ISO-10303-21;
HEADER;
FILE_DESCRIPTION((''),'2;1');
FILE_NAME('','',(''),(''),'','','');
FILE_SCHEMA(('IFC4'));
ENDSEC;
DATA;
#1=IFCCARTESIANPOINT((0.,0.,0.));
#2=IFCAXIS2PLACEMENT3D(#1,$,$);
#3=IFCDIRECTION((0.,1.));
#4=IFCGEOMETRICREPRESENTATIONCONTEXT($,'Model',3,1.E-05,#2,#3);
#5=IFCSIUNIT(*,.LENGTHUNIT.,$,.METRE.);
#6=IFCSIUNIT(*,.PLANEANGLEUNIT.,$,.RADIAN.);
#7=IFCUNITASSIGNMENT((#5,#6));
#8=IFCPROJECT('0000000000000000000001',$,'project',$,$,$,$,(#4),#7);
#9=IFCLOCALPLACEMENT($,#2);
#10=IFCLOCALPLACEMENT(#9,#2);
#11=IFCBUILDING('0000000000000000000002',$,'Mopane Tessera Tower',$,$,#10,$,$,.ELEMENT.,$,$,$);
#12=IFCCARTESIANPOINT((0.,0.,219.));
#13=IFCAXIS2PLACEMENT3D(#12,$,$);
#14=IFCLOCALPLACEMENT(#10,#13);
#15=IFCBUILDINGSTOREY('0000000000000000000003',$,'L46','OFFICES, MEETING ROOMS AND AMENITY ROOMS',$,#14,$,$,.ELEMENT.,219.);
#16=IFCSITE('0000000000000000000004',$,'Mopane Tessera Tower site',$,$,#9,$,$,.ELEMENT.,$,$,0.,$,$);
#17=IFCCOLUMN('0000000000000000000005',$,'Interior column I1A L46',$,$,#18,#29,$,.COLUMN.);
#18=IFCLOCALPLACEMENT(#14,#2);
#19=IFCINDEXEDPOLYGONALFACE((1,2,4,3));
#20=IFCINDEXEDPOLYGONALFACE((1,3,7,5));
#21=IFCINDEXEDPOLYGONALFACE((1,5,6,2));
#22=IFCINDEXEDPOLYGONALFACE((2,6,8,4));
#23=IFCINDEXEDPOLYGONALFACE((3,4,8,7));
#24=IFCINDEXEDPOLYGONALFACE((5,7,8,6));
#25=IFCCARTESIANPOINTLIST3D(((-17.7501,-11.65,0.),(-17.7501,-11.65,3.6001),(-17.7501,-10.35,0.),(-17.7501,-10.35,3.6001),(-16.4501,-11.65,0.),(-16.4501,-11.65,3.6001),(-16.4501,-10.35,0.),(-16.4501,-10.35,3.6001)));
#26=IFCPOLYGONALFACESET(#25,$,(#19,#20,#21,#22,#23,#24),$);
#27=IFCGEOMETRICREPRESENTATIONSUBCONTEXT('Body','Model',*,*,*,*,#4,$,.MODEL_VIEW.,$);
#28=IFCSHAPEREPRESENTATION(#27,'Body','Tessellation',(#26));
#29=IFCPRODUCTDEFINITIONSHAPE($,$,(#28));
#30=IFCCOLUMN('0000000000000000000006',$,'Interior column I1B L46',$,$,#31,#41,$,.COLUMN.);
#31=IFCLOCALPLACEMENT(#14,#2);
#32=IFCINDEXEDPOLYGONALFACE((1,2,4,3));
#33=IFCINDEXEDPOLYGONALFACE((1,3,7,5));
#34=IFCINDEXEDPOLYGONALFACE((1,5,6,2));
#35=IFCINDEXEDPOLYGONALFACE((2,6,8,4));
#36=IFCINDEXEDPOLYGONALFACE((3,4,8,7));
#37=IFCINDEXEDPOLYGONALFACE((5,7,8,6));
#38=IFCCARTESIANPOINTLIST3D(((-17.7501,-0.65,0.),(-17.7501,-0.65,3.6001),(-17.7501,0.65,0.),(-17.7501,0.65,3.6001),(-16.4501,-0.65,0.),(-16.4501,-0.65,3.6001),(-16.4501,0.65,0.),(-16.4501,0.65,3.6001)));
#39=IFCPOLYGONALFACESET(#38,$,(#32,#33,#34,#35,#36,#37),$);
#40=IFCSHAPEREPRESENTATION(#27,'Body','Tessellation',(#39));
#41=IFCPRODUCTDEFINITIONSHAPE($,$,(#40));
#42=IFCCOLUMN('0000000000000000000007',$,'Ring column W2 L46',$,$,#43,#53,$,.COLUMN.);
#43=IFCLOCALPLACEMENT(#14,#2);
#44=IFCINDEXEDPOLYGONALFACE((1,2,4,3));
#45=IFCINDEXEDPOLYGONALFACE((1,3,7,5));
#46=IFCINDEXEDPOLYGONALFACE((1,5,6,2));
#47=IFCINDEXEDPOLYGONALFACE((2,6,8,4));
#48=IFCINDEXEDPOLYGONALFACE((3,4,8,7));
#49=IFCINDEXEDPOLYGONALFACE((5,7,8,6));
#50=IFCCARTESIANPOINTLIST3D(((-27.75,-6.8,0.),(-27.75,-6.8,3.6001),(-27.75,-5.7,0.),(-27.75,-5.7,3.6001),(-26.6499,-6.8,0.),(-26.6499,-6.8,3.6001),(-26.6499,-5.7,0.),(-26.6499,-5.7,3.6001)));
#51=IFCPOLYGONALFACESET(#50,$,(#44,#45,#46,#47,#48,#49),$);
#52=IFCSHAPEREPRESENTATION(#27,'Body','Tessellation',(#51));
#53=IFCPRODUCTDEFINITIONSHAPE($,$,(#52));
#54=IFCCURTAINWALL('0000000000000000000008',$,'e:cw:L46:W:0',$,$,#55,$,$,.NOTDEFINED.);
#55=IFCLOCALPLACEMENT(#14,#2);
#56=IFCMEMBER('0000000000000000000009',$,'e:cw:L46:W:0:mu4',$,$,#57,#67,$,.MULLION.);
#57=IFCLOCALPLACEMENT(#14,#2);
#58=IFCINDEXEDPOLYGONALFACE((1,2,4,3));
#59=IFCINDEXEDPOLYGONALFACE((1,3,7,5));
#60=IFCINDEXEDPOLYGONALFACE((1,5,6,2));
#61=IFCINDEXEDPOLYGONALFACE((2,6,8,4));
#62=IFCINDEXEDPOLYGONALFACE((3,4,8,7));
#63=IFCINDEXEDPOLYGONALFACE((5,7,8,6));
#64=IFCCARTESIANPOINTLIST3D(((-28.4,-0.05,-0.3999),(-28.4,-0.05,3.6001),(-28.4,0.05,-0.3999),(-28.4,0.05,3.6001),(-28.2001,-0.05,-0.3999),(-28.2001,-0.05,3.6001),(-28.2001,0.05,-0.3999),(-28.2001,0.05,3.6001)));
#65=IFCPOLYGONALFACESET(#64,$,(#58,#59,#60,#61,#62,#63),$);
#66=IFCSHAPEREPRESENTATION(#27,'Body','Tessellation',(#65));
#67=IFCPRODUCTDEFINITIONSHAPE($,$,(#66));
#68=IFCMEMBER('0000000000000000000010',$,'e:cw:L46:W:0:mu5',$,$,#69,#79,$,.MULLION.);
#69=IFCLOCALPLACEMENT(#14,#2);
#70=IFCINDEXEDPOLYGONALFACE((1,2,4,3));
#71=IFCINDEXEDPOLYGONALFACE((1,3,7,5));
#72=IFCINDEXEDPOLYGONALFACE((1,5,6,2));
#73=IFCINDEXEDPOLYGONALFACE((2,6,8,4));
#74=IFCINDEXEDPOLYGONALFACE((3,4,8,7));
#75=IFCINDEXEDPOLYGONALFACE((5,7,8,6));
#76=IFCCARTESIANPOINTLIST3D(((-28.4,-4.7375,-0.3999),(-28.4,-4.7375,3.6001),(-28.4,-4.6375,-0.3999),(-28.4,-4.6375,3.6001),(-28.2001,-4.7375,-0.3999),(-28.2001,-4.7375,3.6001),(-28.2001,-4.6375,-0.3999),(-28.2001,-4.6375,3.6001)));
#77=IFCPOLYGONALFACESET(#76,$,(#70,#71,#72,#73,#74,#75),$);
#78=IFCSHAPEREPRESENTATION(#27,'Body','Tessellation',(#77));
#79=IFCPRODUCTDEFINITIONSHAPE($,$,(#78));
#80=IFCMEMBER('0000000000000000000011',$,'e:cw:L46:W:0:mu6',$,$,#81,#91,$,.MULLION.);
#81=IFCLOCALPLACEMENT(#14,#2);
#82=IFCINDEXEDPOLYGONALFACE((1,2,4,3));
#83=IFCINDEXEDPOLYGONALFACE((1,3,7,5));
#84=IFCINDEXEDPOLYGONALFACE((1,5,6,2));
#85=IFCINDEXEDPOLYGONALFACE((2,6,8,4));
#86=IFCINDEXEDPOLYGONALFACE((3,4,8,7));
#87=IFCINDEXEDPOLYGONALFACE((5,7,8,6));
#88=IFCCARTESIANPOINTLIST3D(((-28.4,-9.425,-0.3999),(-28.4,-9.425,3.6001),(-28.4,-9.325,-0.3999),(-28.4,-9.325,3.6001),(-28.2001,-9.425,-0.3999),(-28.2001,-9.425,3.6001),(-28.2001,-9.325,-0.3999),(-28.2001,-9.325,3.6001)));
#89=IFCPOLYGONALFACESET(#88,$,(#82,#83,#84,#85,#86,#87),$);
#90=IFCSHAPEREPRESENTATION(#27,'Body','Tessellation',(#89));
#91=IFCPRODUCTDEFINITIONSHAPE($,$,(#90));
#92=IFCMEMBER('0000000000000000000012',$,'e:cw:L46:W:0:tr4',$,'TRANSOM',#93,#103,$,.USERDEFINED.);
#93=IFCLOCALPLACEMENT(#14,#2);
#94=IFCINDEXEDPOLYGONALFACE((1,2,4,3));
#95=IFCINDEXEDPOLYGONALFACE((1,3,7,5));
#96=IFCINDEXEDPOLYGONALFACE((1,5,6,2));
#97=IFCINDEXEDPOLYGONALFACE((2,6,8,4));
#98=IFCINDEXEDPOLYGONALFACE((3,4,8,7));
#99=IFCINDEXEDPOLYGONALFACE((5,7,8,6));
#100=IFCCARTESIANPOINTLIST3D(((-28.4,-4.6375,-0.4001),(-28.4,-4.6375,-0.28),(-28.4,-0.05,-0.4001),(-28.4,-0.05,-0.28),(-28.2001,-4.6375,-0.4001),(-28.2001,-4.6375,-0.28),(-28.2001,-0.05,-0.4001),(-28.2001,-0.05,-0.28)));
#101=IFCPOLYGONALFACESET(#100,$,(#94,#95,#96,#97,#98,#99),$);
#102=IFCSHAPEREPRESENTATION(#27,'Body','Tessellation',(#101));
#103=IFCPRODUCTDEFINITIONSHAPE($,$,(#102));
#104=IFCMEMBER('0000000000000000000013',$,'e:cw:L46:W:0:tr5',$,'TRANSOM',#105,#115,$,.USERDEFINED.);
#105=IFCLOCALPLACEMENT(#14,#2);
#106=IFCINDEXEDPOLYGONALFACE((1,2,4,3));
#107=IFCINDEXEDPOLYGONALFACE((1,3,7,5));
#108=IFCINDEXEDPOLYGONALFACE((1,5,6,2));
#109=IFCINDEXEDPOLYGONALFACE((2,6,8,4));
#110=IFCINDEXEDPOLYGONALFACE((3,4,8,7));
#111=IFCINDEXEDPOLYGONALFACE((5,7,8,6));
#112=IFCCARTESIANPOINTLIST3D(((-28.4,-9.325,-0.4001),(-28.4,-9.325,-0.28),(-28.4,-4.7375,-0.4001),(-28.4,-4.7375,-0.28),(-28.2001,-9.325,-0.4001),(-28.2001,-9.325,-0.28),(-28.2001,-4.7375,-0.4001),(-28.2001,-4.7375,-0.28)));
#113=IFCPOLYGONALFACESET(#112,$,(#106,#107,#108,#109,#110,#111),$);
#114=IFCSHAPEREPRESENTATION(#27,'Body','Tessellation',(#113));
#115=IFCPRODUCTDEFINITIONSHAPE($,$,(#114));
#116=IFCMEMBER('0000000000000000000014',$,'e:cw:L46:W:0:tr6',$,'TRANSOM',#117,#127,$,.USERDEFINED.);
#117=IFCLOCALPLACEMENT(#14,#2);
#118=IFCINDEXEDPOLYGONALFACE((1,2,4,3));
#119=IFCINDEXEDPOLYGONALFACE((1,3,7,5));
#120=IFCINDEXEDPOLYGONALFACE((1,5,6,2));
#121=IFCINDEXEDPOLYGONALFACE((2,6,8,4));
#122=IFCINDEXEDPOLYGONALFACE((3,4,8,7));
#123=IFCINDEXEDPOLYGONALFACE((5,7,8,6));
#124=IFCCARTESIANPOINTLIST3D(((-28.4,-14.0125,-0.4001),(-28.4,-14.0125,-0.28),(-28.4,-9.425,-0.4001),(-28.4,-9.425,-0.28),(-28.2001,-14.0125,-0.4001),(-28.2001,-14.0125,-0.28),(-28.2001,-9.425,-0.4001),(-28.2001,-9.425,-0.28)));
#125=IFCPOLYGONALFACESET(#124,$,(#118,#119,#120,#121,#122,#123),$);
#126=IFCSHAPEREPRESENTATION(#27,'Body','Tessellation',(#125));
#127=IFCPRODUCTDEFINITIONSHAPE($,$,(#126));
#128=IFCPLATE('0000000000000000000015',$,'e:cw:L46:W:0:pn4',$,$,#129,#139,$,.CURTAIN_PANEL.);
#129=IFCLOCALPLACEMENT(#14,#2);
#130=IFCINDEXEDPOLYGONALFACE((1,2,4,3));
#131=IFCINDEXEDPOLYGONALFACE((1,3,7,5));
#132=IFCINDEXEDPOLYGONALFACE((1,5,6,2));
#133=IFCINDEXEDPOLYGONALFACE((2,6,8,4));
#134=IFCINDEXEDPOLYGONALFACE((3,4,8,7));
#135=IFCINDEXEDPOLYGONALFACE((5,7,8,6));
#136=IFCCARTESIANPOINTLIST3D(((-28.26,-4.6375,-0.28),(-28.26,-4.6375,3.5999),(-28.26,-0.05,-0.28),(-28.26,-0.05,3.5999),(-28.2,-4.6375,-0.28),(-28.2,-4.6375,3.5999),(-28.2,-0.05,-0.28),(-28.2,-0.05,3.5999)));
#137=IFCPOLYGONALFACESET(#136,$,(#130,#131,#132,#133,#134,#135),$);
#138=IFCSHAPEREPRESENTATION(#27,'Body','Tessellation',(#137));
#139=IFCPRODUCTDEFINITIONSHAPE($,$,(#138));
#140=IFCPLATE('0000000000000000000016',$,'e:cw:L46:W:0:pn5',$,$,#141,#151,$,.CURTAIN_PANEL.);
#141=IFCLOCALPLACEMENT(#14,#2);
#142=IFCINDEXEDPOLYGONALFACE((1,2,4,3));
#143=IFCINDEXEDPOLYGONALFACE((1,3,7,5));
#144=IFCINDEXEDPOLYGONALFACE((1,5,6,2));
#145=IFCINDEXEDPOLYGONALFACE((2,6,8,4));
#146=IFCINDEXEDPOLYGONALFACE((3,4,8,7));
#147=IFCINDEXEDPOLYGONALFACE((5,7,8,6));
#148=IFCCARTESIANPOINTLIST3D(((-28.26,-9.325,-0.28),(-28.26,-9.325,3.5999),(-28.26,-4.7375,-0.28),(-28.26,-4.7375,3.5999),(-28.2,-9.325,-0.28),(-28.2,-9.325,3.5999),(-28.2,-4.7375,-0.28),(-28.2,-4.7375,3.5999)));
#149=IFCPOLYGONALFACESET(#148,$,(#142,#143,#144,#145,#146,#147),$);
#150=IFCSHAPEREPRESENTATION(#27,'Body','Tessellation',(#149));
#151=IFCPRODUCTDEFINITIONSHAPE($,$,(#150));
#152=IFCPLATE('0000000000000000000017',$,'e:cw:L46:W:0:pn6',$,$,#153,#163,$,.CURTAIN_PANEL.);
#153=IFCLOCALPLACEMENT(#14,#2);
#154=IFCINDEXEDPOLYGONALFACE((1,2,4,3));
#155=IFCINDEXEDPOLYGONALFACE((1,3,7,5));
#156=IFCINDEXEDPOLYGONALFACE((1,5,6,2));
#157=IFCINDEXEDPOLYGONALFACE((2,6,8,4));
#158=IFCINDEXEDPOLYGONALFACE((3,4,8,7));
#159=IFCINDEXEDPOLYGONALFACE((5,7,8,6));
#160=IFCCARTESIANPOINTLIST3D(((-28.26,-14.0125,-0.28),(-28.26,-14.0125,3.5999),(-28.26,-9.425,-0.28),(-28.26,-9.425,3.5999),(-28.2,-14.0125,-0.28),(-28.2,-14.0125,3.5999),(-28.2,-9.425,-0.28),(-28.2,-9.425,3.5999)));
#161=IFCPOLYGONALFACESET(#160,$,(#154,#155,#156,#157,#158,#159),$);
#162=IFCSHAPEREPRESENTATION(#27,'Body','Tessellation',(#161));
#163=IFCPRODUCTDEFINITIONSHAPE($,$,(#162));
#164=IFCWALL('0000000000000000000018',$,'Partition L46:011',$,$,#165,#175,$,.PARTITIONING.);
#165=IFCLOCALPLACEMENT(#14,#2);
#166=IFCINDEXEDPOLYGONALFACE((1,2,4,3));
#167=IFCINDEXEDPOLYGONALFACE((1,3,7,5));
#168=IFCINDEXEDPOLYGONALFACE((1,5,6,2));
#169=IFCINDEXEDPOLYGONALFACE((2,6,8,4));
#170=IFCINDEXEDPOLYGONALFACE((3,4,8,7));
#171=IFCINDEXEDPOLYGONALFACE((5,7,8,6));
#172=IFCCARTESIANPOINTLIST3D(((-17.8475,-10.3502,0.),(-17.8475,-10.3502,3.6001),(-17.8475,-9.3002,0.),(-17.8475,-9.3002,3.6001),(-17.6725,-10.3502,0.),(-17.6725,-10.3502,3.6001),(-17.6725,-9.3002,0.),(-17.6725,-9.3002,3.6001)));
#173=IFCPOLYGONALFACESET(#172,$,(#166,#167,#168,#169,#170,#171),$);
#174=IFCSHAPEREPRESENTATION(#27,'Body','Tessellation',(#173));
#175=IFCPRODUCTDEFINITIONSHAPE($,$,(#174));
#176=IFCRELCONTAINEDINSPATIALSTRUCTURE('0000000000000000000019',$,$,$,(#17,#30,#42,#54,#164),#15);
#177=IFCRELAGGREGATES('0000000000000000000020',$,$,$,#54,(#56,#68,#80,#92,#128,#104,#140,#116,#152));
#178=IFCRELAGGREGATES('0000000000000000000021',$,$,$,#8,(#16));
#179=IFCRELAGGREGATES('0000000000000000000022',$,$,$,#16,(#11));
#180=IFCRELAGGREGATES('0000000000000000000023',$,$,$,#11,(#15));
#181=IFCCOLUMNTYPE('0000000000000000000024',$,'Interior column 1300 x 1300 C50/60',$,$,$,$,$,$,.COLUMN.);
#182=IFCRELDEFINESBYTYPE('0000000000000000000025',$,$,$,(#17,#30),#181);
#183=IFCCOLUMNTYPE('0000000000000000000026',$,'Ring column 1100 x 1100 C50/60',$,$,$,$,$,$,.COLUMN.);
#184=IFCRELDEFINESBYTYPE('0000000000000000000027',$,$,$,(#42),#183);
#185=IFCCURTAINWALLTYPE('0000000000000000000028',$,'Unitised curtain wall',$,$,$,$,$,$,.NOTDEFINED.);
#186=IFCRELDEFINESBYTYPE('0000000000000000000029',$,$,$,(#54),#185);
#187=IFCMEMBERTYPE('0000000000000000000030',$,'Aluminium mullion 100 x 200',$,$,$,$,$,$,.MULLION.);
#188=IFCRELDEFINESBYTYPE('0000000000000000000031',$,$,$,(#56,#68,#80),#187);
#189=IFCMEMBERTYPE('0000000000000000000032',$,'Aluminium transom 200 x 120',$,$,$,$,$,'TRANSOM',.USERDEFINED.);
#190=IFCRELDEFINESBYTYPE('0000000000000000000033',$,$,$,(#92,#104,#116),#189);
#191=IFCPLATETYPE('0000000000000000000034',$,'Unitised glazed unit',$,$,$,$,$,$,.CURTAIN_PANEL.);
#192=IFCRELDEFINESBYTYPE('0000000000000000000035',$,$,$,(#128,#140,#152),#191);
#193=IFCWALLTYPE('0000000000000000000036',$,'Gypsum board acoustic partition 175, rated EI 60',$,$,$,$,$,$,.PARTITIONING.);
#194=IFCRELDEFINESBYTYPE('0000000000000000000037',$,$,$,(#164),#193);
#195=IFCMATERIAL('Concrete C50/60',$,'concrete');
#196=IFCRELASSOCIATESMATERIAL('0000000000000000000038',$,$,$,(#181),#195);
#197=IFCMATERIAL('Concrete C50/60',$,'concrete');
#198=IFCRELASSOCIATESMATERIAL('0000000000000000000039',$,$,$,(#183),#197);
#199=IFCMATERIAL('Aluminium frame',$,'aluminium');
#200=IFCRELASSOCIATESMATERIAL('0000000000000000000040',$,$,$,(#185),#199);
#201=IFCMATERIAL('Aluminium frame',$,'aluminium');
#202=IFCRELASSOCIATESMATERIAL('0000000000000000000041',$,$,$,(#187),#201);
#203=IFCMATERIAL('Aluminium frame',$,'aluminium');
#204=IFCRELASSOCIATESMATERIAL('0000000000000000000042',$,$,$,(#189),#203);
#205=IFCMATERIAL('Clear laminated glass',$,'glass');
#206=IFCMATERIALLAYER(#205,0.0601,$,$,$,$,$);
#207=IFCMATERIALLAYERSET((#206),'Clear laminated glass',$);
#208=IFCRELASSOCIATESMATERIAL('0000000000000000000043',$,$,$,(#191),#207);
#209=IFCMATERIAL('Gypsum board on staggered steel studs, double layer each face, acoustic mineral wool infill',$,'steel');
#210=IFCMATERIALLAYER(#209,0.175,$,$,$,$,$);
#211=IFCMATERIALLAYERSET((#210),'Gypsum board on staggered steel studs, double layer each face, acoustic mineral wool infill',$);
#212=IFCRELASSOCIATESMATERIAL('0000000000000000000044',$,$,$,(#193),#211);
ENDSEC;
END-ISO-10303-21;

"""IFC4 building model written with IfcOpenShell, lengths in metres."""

from ifc_helpers import new_model, si_unit, direction, frame, frame_2d, origin, origin_2d, place, context, subcontext, project, spatial, rectangle, extrude, material, layer, layer_set, material_profile, profile_set, type_object, element, aggregate, save


model = new_model("IFC4")

# Units and contexts
model_context = context("Model", 3, precision=1e-05, world=origin(), true_north=direction((0.0, 1.0)))
body_context = subcontext(model_context, "Body", "Model", "MODEL_VIEW")
ifc_project = project(units=[si_unit("LENGTHUNIT", "METRE"), si_unit("PLANEANGLEUNIT", "RADIAN")], contexts=[model_context])

# Site, building, storey
site_placement = place(None, origin())
site = spatial("IfcSite", under=ifc_project, at=site_placement, Name="Mopane Tessera Tower site", CompositionType="ELEMENT", RefElevation=0.0)
building_placement = place(site_placement, origin())
building = spatial("IfcBuilding", under=site, at=building_placement, Name="Mopane Tessera Tower", CompositionType="ELEMENT")
storey_placement = place(building_placement, frame((0.0, 0.0, 219.0)))
storey = spatial("IfcBuildingStorey", under=building, at=storey_placement, Name="L46", Description="OFFICES, MEETING ROOMS AND AMENITY ROOMS", CompositionType="ELEMENT", Elevation=219.0)

# Columns
ifc_material_1 = material(Name="Concrete C50/60", Category="concrete")
ifc_material_profile_1 = material_profile(ifc_material_1, rectangle(XDim=1.3, YDim=1.3, at=origin_2d()))
ifc_profile_set_1 = profile_set([ifc_material_profile_1], Name="Concrete C50/60")
column_type_1 = type_object("IfcColumnType", Name="Interior column 1300 x 1300 C50/60", PredefinedType="COLUMN", material=ifc_profile_set_1)
for number, where, z_axis, x_axis, name in (
    (1, (-17.1001, -11.0, 0.0), (0.0, 0.0, 1.0), (1.0, 0.0, 0.0), "Interior column I1A L46"),
    (2, (-17.1001, 0.0, 0.0), (0.0, 0.0, 1.0), (1.0, 0.0, 0.0), "Interior column I1B L46"),
):
    element("IfcColumn", number, at=place(storey_placement, frame(where, z_axis=z_axis, x_axis=x_axis)), inside=storey, type_object=column_type_1, Name=name, PredefinedType="COLUMN", context=body_context, shape_type="SweptSolid", body=[
        extrude(rectangle(XDim=1.3, YDim=1.3, at=origin_2d()), origin(), (0.0, 0.0, 1.0), 3.6001),
    ])
ifc_material_2 = material(Name="Concrete C50/60", Category="concrete")
ifc_material_profile_2 = material_profile(ifc_material_2, rectangle(XDim=1.1001, YDim=1.1001, at=origin_2d()))
ifc_profile_set_2 = profile_set([ifc_material_profile_2], Name="Concrete C50/60")
column_type_2 = type_object("IfcColumnType", Name="Ring column 1100 x 1100 C50/60", PredefinedType="COLUMN", material=ifc_profile_set_2)
column_placement = place(storey_placement, frame((-27.2, -6.25, 0.0), z_axis=(0.0, 0.0, 1.0), x_axis=(1.0, 0.0, 0.0)))
element("IfcColumn", 3, at=column_placement, inside=storey, type_object=column_type_2, Name="Ring column W2 L46", PredefinedType="COLUMN", context=body_context, shape_type="SweptSolid", body=[
    extrude(rectangle(XDim=1.1001, YDim=1.1001, at=origin_2d()), origin(), (0.0, 0.0, 1.0), 3.6001),
])

# Curtain wall, members, plates
ifc_material_3 = material(Name="Aluminium frame", Category="aluminium")
curtain_wall_type = type_object("IfcCurtainWallType", Name="Unitised curtain wall", PredefinedType="NOTDEFINED", material=ifc_material_3)
curtain_wall_placement = place(storey_placement, origin())
curtain_wall = element("IfcCurtainWall", 4, at=curtain_wall_placement, inside=storey, type_object=curtain_wall_type, Name="e:cw:L46:W:0", PredefinedType="NOTDEFINED")
ifc_material_4 = material(Name="Aluminium frame", Category="aluminium")
ifc_material_profile_3 = material_profile(ifc_material_4, rectangle(XDim=0.1001, YDim=0.2, at=origin_2d()))
ifc_profile_set_3 = profile_set([ifc_material_profile_3], Name="Aluminium frame")
member_type_1 = type_object("IfcMemberType", Name="Aluminium mullion 100 x 200", PredefinedType="MULLION", material=ifc_profile_set_3)
member_1_placement = place(storey_placement, frame((-28.3, 0.0, -0.3999), z_axis=(0.0, 0.0, 1.0), x_axis=(0.0, -1.0, 0.0)))
member_1 = element("IfcMember", 5, at=member_1_placement, type_object=member_type_1, Name="e:cw:L46:W:0:mu4", PredefinedType="MULLION", context=body_context, shape_type="SweptSolid", body=[
    extrude(rectangle(XDim=0.1001, YDim=0.2, at=origin_2d()), origin(), (0.0, 0.0, 1.0), 4.0),
])
member_2_placement = place(storey_placement, frame((-28.3, -4.6875, -0.3999), z_axis=(0.0, 0.0, 1.0), x_axis=(0.0, -1.0, 0.0)))
member_2 = element("IfcMember", 6, at=member_2_placement, type_object=member_type_1, Name="e:cw:L46:W:0:mu5", PredefinedType="MULLION", context=body_context, shape_type="SweptSolid", body=[
    extrude(rectangle(XDim=0.1001, YDim=0.2, at=origin_2d()), origin(), (0.0, 0.0, 1.0), 4.0),
])
member_3_placement = place(storey_placement, frame((-28.3, -9.375, -0.3999), z_axis=(0.0, 0.0, 1.0), x_axis=(0.0, -1.0, 0.0)))
member_3 = element("IfcMember", 7, at=member_3_placement, type_object=member_type_1, Name="e:cw:L46:W:0:mu6", PredefinedType="MULLION", context=body_context, shape_type="SweptSolid", body=[
    extrude(rectangle(XDim=0.1001, YDim=0.2, at=origin_2d()), origin(), (0.0, 0.0, 1.0), 4.0),
])
ifc_material_5 = material(Name="Aluminium frame", Category="aluminium")
ifc_material_profile_4 = material_profile(ifc_material_5, rectangle(XDim=0.2, YDim=0.1201, at=origin_2d()))
ifc_profile_set_4 = profile_set([ifc_material_profile_4], Name="Aluminium frame")
member_type_2 = type_object("IfcMemberType", Name="Aluminium transom 200 x 120", ElementType="TRANSOM", PredefinedType="USERDEFINED", material=ifc_profile_set_4)
member_4_placement = place(storey_placement, frame((-28.3, -0.05, -0.3401), z_axis=(0.0, -1.0, 0.0), x_axis=(1.0, 0.0, 0.0)))
member_4 = element("IfcMember", 8, at=member_4_placement, type_object=member_type_2, Name="e:cw:L46:W:0:tr4", ObjectType="TRANSOM", PredefinedType="USERDEFINED", context=body_context, shape_type="SweptSolid", body=[
    extrude(rectangle(XDim=0.2, YDim=0.1201, at=origin_2d()), origin(), (0.0, 0.0, 1.0), 4.5874),
])
member_5_placement = place(storey_placement, frame((-28.3, -4.7375, -0.3401), z_axis=(0.0, -1.0, 0.0), x_axis=(1.0, 0.0, 0.0)))
member_5 = element("IfcMember", 9, at=member_5_placement, type_object=member_type_2, Name="e:cw:L46:W:0:tr5", ObjectType="TRANSOM", PredefinedType="USERDEFINED", context=body_context, shape_type="SweptSolid", body=[
    extrude(rectangle(XDim=0.2, YDim=0.1201, at=origin_2d()), origin(), (0.0, 0.0, 1.0), 4.5874),
])
member_6_placement = place(storey_placement, frame((-28.3, -9.425, -0.3401), z_axis=(0.0, -1.0, 0.0), x_axis=(1.0, 0.0, 0.0)))
member_6 = element("IfcMember", 10, at=member_6_placement, type_object=member_type_2, Name="e:cw:L46:W:0:tr6", ObjectType="TRANSOM", PredefinedType="USERDEFINED", context=body_context, shape_type="SweptSolid", body=[
    extrude(rectangle(XDim=0.2, YDim=0.1201, at=origin_2d()), origin(), (0.0, 0.0, 1.0), 4.5874),
])
ifc_material_6 = material(Name="Clear laminated glass", Category="glass")
ifc_layer_1 = layer(ifc_material_6, 0.0601)
ifc_layer_set_1 = layer_set([ifc_layer_1], Name="Clear laminated glass")
plate_type = type_object("IfcPlateType", Name="Unitised glazed unit", PredefinedType="CURTAIN_PANEL", material=ifc_layer_set_1)
plate_1_placement = place(storey_placement, frame((-28.23, -2.3438, -0.28), z_axis=(0.0, 0.0, 1.0), x_axis=(0.0, -1.0, 0.0)))
plate_1 = element("IfcPlate", 11, at=plate_1_placement, type_object=plate_type, Name="e:cw:L46:W:0:pn4", PredefinedType="CURTAIN_PANEL", context=body_context, shape_type="SweptSolid", body=[
    extrude(rectangle(XDim=4.5874, YDim=0.0601, at=origin_2d()), origin(), (0.0, 0.0, 1.0), 3.8799),
])
plate_2_placement = place(storey_placement, frame((-28.23, -7.0312, -0.28), z_axis=(0.0, 0.0, 1.0), x_axis=(0.0, -1.0, 0.0)))
plate_2 = element("IfcPlate", 12, at=plate_2_placement, type_object=plate_type, Name="e:cw:L46:W:0:pn5", PredefinedType="CURTAIN_PANEL", context=body_context, shape_type="SweptSolid", body=[
    extrude(rectangle(XDim=4.5874, YDim=0.0601, at=origin_2d()), origin(), (0.0, 0.0, 1.0), 3.8799),
])
plate_3_placement = place(storey_placement, frame((-28.23, -11.7188, -0.28), z_axis=(0.0, 0.0, 1.0), x_axis=(0.0, -1.0, 0.0)))
plate_3 = element("IfcPlate", 13, at=plate_3_placement, type_object=plate_type, Name="e:cw:L46:W:0:pn6", PredefinedType="CURTAIN_PANEL", context=body_context, shape_type="SweptSolid", body=[
    extrude(rectangle(XDim=4.5874, YDim=0.0601, at=origin_2d()), origin(), (0.0, 0.0, 1.0), 3.8799),
])
aggregate(curtain_wall, [member_1, member_2, member_3, member_4, plate_1, member_5, plate_2, member_6, plate_3])

# Wall
ifc_material_7 = material(Name="Gypsum board on staggered steel studs, double layer each face, acoustic mineral wool infill", Category="steel")
ifc_layer_2 = layer(ifc_material_7, 0.175)
ifc_layer_set_2 = layer_set([ifc_layer_2], Name="Gypsum board on staggered steel studs, double layer each face, acoustic mineral wool infill")
wall_type_1 = type_object("IfcWallType", Name="Gypsum board acoustic partition 175, rated EI 60", PredefinedType="PARTITIONING", material=ifc_layer_set_2)
wall_1_placement = place(storey_placement, frame((-17.76, -10.3501, 0.0), z_axis=(0.0, 0.0, 1.0), x_axis=(0.0, 1.0, 0.0)))
element("IfcWall", 14, at=wall_1_placement, inside=storey, type_object=wall_type_1, Name="Partition L46:011", PredefinedType="PARTITIONING", context=body_context, shape_type="SweptSolid", body=[
    extrude(rectangle(XDim=1.05, YDim=0.175, at=frame_2d((0.5249, 0.0))), origin(), (0.0, 0.0, 1.0), 3.6001),
])

save(model, "model.ifc")
